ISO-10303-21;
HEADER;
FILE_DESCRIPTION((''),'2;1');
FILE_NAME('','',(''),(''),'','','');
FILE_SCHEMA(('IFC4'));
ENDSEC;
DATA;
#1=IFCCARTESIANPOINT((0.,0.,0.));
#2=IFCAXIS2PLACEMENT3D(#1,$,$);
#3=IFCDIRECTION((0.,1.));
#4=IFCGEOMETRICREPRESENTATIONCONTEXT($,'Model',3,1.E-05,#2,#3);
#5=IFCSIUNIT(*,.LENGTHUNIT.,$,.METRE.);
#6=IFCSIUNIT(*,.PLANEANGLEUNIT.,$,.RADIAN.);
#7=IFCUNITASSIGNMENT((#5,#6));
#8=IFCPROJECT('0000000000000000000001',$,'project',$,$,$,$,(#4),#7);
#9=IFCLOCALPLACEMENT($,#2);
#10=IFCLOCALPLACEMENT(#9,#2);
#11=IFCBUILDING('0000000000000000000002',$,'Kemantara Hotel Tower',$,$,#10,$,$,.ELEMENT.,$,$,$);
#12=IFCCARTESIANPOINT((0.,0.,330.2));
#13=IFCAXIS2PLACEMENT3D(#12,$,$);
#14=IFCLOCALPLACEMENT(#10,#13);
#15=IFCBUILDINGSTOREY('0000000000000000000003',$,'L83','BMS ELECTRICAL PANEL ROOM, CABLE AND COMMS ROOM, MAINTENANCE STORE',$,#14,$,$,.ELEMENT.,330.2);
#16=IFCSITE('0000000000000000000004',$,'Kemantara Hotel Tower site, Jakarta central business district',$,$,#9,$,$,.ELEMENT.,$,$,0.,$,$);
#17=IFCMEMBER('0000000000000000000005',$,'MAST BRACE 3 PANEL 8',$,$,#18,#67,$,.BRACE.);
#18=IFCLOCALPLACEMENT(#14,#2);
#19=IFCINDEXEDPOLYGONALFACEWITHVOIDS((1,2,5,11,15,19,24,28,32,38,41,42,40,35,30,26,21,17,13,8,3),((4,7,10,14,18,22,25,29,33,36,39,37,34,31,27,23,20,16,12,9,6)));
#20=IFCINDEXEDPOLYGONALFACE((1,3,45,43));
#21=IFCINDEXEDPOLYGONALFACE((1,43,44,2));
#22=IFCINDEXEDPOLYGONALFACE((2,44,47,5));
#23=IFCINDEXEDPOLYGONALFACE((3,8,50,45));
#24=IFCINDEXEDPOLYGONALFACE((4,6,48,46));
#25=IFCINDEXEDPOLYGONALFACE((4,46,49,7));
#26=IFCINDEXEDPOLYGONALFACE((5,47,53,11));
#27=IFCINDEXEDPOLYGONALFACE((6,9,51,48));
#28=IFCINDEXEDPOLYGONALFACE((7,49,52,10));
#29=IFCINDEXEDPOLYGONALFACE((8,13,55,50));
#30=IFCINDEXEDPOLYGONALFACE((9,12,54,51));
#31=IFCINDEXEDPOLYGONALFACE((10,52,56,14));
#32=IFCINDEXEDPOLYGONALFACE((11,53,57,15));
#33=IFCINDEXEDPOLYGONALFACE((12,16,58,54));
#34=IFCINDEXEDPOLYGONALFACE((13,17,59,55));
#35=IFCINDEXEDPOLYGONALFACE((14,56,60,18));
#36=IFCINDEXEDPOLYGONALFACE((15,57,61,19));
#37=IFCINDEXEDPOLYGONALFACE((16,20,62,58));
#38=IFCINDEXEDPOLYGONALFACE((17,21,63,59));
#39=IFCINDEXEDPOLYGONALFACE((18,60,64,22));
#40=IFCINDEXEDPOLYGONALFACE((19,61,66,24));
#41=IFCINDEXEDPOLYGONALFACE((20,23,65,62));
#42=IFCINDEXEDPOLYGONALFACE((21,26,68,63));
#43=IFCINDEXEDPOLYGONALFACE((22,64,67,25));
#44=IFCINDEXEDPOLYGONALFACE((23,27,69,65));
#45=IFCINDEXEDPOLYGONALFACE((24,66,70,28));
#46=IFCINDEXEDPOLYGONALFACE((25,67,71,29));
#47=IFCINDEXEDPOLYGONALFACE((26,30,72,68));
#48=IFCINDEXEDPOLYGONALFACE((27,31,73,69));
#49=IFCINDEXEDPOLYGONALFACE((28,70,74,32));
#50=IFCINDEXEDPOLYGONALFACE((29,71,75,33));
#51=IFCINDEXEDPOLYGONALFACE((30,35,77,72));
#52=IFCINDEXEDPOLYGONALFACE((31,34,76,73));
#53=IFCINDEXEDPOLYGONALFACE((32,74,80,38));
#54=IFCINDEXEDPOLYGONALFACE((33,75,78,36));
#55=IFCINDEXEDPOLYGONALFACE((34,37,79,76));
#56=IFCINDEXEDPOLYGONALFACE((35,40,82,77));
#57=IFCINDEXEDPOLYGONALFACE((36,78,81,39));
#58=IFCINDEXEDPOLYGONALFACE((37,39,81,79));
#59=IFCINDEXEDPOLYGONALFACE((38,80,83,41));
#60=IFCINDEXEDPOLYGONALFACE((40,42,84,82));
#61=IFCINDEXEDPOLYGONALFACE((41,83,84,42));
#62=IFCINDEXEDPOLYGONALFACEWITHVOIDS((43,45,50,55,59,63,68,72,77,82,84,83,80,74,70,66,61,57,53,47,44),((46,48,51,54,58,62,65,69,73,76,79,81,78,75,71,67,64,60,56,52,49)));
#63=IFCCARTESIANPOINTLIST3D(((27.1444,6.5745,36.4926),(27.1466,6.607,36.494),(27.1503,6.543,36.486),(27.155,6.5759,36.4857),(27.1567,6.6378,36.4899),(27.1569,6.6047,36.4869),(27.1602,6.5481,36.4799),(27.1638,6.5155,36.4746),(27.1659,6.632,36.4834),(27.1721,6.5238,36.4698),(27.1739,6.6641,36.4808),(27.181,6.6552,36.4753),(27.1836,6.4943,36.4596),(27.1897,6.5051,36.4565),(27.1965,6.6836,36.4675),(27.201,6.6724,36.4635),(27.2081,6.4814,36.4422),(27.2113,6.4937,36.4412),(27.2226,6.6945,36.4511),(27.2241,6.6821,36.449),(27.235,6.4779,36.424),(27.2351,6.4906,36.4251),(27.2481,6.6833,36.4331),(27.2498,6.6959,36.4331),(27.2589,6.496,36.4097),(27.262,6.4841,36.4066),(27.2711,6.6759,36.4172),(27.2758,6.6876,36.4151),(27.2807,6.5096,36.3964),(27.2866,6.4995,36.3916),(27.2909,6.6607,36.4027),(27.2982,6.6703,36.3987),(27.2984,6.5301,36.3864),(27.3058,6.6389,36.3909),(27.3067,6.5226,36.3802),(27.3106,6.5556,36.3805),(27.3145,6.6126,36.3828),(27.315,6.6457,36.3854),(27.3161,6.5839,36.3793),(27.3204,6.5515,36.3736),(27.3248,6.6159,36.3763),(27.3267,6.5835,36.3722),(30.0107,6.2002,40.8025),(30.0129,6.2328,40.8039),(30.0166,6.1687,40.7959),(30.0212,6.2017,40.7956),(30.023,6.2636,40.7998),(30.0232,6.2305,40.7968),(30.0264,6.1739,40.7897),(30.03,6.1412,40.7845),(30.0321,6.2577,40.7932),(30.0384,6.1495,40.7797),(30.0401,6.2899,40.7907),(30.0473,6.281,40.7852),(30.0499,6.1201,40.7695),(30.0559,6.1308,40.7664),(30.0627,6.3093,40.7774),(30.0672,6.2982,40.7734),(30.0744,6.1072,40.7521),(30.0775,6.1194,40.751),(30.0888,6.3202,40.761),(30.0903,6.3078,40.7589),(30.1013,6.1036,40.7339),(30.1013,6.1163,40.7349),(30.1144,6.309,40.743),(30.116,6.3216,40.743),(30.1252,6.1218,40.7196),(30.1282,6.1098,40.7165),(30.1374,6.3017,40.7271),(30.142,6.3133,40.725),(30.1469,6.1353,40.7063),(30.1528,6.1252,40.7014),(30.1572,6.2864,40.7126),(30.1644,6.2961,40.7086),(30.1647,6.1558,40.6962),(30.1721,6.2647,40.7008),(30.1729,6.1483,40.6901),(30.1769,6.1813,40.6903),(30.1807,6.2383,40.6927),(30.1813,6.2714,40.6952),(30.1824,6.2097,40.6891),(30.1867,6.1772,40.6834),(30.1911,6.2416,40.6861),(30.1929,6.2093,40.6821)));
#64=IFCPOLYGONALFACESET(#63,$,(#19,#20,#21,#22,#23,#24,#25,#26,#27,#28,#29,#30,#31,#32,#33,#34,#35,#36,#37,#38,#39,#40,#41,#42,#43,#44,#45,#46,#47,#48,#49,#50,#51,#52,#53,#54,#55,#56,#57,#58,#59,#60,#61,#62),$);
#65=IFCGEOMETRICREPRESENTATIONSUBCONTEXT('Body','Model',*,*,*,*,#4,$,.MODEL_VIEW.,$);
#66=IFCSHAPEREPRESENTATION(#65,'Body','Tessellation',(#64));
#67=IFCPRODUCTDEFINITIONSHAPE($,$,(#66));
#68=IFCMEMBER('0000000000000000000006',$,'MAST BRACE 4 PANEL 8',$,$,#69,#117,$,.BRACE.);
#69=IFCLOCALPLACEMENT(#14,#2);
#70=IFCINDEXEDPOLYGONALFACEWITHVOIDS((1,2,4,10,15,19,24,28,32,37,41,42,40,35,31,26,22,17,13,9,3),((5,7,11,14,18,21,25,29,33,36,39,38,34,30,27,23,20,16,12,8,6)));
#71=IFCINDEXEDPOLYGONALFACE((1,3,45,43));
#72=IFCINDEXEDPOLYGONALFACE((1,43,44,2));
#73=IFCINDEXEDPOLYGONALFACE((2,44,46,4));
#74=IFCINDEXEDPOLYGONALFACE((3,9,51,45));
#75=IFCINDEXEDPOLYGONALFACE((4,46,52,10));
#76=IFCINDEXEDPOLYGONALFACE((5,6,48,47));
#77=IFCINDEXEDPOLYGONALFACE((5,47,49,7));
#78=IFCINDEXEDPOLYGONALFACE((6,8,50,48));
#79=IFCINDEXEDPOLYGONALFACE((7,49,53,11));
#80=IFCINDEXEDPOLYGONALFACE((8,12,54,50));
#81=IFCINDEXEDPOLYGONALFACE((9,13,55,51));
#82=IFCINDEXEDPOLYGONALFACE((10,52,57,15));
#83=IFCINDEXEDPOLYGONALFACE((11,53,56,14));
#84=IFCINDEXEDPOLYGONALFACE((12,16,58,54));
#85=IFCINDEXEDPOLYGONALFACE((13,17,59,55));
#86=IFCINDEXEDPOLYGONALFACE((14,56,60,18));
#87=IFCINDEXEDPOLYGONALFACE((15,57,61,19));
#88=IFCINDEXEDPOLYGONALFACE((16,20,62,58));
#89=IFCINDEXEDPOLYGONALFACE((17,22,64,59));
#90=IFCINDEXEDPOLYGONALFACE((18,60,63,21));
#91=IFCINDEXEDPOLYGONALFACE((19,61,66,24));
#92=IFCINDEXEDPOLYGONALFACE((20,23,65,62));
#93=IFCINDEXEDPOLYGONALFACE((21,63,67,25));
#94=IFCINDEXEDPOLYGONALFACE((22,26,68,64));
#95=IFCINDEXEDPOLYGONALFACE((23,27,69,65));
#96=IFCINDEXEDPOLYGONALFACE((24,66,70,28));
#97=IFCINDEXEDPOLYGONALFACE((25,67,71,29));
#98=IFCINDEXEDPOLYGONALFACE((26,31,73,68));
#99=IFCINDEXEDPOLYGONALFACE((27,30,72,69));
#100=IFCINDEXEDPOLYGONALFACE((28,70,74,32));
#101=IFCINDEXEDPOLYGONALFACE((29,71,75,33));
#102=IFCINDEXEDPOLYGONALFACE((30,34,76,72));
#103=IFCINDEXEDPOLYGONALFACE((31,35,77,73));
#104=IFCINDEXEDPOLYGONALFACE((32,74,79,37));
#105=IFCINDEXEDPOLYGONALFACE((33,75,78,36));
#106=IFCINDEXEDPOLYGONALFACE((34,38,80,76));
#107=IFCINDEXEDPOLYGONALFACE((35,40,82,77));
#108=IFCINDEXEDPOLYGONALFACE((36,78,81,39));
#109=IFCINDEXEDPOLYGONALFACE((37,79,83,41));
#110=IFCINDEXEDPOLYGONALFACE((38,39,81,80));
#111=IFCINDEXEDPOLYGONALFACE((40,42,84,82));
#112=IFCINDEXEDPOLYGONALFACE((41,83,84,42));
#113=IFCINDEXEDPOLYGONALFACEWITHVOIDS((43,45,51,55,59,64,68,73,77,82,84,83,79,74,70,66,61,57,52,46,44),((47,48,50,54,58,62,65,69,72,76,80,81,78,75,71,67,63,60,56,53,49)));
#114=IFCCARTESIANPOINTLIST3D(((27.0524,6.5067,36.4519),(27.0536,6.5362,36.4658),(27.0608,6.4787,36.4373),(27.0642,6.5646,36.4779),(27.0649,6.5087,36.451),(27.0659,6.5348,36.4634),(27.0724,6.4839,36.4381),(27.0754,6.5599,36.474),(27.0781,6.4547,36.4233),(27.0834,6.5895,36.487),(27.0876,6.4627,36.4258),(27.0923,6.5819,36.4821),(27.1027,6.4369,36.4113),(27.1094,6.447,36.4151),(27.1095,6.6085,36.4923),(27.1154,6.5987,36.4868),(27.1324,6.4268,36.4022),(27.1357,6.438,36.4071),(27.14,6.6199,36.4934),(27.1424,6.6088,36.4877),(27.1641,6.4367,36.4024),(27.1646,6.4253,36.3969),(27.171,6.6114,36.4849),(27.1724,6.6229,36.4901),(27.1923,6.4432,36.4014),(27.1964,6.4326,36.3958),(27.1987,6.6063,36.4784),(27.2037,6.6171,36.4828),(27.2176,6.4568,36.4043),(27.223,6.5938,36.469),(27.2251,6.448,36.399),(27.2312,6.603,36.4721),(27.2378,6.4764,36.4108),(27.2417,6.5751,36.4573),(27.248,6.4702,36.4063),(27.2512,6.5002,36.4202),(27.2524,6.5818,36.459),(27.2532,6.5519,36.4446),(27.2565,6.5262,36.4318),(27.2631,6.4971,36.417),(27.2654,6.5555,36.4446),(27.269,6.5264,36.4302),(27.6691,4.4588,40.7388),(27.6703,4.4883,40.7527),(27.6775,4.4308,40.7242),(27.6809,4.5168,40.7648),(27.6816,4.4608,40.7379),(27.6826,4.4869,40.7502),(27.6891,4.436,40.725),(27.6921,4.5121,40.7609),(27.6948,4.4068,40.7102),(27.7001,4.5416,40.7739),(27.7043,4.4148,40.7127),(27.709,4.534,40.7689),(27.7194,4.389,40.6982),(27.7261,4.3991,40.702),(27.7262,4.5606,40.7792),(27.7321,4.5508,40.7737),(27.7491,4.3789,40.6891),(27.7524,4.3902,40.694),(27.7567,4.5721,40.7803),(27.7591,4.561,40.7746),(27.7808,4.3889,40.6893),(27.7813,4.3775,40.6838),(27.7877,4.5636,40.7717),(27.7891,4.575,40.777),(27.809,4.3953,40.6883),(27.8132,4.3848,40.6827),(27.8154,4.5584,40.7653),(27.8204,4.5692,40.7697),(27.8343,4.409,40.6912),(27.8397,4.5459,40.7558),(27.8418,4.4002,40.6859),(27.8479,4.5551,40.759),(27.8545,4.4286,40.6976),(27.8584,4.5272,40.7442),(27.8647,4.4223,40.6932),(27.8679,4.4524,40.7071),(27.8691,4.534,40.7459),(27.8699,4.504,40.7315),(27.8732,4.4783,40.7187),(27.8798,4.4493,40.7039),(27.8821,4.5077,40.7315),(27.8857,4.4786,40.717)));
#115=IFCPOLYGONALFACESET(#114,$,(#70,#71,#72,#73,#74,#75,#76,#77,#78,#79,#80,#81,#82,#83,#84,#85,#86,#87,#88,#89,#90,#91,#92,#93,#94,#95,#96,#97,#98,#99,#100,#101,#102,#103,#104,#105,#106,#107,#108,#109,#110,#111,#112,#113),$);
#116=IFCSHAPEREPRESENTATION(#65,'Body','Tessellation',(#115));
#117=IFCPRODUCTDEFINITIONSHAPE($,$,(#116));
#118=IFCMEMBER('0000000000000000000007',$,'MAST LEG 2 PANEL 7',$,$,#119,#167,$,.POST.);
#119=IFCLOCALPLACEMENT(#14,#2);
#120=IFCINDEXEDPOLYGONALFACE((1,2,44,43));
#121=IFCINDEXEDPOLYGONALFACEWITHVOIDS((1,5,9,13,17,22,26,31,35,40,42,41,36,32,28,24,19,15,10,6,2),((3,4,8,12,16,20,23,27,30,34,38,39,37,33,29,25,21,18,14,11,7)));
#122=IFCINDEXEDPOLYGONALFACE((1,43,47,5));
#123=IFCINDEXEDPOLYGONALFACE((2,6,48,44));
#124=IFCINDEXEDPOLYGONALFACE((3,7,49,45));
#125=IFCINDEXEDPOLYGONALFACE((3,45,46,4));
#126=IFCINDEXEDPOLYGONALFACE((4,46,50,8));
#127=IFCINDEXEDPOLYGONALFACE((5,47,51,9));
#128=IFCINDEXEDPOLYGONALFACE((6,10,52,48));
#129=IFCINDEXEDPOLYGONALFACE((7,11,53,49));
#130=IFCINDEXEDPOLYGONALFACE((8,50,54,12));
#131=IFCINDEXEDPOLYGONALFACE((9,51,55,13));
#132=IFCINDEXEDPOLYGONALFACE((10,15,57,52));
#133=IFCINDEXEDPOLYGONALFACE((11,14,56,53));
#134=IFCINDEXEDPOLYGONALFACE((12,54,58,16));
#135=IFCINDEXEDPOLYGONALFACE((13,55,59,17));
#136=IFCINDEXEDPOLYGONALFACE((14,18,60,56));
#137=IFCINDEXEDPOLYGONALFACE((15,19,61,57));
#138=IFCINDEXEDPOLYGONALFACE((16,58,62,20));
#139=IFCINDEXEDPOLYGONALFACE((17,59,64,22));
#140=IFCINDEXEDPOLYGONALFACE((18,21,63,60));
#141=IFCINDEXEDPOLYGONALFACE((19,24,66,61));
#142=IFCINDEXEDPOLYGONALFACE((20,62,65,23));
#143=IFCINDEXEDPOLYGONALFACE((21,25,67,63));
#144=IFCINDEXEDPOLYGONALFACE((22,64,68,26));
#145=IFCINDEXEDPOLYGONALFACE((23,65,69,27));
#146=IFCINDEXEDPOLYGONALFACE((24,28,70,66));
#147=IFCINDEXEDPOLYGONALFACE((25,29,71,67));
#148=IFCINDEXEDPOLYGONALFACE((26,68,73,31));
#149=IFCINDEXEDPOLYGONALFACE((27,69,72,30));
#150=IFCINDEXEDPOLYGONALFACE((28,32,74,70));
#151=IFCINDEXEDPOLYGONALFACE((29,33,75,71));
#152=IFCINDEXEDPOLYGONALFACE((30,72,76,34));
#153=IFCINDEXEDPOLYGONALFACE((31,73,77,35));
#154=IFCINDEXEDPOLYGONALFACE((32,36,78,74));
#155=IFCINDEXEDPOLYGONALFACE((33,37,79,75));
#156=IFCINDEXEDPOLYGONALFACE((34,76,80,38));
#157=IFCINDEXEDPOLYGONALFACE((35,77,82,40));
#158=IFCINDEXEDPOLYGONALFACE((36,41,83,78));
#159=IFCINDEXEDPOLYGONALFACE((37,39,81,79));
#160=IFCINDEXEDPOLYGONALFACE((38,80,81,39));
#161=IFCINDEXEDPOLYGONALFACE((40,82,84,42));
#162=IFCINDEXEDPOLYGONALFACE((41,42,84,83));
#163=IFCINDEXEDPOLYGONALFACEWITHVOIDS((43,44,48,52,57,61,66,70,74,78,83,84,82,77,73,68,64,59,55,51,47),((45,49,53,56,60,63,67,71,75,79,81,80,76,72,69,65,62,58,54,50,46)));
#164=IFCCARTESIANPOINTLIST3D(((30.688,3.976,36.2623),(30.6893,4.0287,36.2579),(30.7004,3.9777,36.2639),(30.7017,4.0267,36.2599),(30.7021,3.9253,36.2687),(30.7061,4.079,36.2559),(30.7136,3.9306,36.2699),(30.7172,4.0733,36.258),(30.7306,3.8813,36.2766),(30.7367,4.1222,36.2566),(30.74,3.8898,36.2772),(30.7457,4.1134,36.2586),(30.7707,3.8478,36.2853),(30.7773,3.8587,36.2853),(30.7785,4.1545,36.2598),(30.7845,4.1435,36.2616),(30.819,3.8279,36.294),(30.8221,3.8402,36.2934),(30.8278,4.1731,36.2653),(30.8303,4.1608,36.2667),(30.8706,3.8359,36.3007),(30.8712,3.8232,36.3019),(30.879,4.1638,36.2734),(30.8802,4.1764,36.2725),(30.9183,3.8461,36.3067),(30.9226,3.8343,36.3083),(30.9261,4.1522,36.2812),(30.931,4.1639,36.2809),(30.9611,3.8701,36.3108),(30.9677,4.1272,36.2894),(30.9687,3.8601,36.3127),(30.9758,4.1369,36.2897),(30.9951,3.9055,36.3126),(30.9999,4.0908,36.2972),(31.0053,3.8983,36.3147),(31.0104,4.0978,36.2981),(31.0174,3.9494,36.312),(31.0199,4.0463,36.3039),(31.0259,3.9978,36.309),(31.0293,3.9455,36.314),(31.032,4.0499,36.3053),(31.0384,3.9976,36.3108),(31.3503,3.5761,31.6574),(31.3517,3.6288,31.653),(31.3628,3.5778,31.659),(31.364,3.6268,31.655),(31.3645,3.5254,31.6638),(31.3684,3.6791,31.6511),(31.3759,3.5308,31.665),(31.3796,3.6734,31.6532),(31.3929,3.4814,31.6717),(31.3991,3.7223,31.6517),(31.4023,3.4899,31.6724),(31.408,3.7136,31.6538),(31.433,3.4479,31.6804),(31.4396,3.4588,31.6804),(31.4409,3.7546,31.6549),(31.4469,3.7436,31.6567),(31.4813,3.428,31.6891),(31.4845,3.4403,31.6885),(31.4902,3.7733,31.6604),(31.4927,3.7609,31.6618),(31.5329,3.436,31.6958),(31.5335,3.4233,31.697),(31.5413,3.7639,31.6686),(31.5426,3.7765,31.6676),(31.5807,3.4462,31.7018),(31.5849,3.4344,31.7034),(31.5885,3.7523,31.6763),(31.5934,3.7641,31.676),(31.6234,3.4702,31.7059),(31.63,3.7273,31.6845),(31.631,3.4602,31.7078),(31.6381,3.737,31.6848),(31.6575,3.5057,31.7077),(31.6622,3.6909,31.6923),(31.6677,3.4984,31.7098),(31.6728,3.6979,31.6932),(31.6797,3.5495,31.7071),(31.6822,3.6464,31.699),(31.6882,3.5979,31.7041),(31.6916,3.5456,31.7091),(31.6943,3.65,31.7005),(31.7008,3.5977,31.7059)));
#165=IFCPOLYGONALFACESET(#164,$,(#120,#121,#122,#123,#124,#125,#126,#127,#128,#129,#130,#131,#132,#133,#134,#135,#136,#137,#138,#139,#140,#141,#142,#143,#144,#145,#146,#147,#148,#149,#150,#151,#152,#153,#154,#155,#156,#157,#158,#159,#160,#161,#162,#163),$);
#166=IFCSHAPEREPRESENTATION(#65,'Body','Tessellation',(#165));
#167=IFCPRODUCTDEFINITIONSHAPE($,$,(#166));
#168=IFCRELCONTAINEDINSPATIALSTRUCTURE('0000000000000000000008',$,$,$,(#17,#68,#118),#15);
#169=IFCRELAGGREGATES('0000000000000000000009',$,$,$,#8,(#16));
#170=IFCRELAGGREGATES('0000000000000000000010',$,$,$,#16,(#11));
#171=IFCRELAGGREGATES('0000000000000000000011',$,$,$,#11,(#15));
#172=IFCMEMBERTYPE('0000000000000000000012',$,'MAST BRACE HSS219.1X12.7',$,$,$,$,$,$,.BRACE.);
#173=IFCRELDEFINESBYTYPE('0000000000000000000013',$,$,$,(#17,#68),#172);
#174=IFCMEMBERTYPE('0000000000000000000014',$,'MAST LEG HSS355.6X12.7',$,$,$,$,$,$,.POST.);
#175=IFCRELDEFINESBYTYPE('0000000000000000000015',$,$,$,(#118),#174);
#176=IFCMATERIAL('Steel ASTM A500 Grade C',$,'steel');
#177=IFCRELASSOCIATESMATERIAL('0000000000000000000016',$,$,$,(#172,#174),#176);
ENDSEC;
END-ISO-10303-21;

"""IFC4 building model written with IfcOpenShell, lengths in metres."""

from ifc_helpers import new_model, si_unit, direction, frame, origin, origin_2d, place, context, subcontext, project, spatial, hollow_circle, extrude, material, material_profile, profile_set, type_object, element, save


model = new_model("IFC4")

# Units and contexts
model_context = context("Model", 3, precision=1e-05, world=origin(), true_north=direction((0.0, 1.0)))
body_context = subcontext(model_context, "Body", "Model", "MODEL_VIEW")
ifc_project = project(units=[si_unit("LENGTHUNIT", "METRE"), si_unit("PLANEANGLEUNIT", "RADIAN")], contexts=[model_context])

# Site, building, storey
site_placement = place(None, origin())
site = spatial("IfcSite", under=ifc_project, at=site_placement, Name="Kemantara Hotel Tower site, Jakarta central business district", CompositionType="ELEMENT", RefElevation=0.0)
building_placement = place(site_placement, origin())
building = spatial("IfcBuilding", under=site, at=building_placement, Name="Kemantara Hotel Tower", CompositionType="ELEMENT")
storey_placement = place(building_placement, frame((0.0, 0.0, 330.2)))
storey = spatial("IfcBuildingStorey", under=building, at=storey_placement, Name="L83", Description="BMS ELECTRICAL PANEL ROOM, CABLE AND COMMS ROOM, MAINTENANCE STORE", CompositionType="ELEMENT", Elevation=330.2)

# Members
ifc_material = material(Name="Steel ASTM A500 Grade C", Category="steel")
ifc_material_profile_1 = material_profile(ifc_material, hollow_circle(Radius=0.1096, WallThickness=0.0127, at=origin_2d()), Name="HSS219.1X12.7")
ifc_profile_set_1 = profile_set([ifc_material_profile_1], Name="Steel ASTM A500 Grade C")
member_type_1 = type_object("IfcMemberType", Name="MAST BRACE HSS219.1X12.7", PredefinedType="BRACE", material=ifc_profile_set_1)
member_1_placement = place(storey_placement, frame((27.2356, 6.5872, 36.4331), z_axis=(0.552322, -0.072122, 0.830505), x_axis=(0.12948, 0.991582, 0.0)))
element("IfcMember", 1, at=member_1_placement, inside=storey, type_object=member_type_1, Name="MAST BRACE 3 PANEL 8", PredefinedType="BRACE", context=body_context, shape_type="SweptSolid", body=[
    extrude(hollow_circle(Radius=0.1096, WallThickness=0.0127, at=origin_2d()), origin(), (0.0, 0.0, 1.0), 5.1895),
])
member_2_placement = place(storey_placement, frame((27.1604, 6.5239, 36.4446), z_axis=(0.128727, -0.42746, 0.894822), x_axis=(0.957524, 0.288353, 0.0)))
element("IfcMember", 2, at=member_2_placement, inside=storey, type_object=member_type_1, Name="MAST BRACE 4 PANEL 8", PredefinedType="BRACE", context=body_context, shape_type="SweptSolid", body=[
    extrude(hollow_circle(Radius=0.1096, WallThickness=0.0127, at=origin_2d()), origin(), (0.0, 0.0, 1.0), 4.7908),
])
ifc_material_profile_2 = material_profile(ifc_material, hollow_circle(Radius=0.1777, WallThickness=0.0127, at=origin_2d()), Name="HSS355.6X12.7")
ifc_profile_set_2 = profile_set([ifc_material_profile_2], Name="Steel ASTM A500 Grade C")
member_type_2 = type_object("IfcMemberType", Name="MAST LEG HSS355.6X12.7", PredefinedType="POST", material=ifc_profile_set_2)
for number, where, z_axis, x_axis, name in (
    (3, (31.5249, 3.6001, 31.6804), (-0.141846, 0.085641, 0.986177), (-0.51686, -0.85607, 0.0), "MAST LEG 2 PANEL 7"),
):
    element("IfcMember", number, at=place(storey_placement, frame(where, z_axis=z_axis, x_axis=x_axis)), inside=storey, type_object=member_type_2, Name=name, PredefinedType="POST", context=body_context, shape_type="SweptSolid", body=[
        extrude(hollow_circle(Radius=0.1777, WallThickness=0.0127, at=origin_2d()), origin(), (0.0, 0.0, 1.0), 4.6694),
    ])

save(model, "model.ifc")
